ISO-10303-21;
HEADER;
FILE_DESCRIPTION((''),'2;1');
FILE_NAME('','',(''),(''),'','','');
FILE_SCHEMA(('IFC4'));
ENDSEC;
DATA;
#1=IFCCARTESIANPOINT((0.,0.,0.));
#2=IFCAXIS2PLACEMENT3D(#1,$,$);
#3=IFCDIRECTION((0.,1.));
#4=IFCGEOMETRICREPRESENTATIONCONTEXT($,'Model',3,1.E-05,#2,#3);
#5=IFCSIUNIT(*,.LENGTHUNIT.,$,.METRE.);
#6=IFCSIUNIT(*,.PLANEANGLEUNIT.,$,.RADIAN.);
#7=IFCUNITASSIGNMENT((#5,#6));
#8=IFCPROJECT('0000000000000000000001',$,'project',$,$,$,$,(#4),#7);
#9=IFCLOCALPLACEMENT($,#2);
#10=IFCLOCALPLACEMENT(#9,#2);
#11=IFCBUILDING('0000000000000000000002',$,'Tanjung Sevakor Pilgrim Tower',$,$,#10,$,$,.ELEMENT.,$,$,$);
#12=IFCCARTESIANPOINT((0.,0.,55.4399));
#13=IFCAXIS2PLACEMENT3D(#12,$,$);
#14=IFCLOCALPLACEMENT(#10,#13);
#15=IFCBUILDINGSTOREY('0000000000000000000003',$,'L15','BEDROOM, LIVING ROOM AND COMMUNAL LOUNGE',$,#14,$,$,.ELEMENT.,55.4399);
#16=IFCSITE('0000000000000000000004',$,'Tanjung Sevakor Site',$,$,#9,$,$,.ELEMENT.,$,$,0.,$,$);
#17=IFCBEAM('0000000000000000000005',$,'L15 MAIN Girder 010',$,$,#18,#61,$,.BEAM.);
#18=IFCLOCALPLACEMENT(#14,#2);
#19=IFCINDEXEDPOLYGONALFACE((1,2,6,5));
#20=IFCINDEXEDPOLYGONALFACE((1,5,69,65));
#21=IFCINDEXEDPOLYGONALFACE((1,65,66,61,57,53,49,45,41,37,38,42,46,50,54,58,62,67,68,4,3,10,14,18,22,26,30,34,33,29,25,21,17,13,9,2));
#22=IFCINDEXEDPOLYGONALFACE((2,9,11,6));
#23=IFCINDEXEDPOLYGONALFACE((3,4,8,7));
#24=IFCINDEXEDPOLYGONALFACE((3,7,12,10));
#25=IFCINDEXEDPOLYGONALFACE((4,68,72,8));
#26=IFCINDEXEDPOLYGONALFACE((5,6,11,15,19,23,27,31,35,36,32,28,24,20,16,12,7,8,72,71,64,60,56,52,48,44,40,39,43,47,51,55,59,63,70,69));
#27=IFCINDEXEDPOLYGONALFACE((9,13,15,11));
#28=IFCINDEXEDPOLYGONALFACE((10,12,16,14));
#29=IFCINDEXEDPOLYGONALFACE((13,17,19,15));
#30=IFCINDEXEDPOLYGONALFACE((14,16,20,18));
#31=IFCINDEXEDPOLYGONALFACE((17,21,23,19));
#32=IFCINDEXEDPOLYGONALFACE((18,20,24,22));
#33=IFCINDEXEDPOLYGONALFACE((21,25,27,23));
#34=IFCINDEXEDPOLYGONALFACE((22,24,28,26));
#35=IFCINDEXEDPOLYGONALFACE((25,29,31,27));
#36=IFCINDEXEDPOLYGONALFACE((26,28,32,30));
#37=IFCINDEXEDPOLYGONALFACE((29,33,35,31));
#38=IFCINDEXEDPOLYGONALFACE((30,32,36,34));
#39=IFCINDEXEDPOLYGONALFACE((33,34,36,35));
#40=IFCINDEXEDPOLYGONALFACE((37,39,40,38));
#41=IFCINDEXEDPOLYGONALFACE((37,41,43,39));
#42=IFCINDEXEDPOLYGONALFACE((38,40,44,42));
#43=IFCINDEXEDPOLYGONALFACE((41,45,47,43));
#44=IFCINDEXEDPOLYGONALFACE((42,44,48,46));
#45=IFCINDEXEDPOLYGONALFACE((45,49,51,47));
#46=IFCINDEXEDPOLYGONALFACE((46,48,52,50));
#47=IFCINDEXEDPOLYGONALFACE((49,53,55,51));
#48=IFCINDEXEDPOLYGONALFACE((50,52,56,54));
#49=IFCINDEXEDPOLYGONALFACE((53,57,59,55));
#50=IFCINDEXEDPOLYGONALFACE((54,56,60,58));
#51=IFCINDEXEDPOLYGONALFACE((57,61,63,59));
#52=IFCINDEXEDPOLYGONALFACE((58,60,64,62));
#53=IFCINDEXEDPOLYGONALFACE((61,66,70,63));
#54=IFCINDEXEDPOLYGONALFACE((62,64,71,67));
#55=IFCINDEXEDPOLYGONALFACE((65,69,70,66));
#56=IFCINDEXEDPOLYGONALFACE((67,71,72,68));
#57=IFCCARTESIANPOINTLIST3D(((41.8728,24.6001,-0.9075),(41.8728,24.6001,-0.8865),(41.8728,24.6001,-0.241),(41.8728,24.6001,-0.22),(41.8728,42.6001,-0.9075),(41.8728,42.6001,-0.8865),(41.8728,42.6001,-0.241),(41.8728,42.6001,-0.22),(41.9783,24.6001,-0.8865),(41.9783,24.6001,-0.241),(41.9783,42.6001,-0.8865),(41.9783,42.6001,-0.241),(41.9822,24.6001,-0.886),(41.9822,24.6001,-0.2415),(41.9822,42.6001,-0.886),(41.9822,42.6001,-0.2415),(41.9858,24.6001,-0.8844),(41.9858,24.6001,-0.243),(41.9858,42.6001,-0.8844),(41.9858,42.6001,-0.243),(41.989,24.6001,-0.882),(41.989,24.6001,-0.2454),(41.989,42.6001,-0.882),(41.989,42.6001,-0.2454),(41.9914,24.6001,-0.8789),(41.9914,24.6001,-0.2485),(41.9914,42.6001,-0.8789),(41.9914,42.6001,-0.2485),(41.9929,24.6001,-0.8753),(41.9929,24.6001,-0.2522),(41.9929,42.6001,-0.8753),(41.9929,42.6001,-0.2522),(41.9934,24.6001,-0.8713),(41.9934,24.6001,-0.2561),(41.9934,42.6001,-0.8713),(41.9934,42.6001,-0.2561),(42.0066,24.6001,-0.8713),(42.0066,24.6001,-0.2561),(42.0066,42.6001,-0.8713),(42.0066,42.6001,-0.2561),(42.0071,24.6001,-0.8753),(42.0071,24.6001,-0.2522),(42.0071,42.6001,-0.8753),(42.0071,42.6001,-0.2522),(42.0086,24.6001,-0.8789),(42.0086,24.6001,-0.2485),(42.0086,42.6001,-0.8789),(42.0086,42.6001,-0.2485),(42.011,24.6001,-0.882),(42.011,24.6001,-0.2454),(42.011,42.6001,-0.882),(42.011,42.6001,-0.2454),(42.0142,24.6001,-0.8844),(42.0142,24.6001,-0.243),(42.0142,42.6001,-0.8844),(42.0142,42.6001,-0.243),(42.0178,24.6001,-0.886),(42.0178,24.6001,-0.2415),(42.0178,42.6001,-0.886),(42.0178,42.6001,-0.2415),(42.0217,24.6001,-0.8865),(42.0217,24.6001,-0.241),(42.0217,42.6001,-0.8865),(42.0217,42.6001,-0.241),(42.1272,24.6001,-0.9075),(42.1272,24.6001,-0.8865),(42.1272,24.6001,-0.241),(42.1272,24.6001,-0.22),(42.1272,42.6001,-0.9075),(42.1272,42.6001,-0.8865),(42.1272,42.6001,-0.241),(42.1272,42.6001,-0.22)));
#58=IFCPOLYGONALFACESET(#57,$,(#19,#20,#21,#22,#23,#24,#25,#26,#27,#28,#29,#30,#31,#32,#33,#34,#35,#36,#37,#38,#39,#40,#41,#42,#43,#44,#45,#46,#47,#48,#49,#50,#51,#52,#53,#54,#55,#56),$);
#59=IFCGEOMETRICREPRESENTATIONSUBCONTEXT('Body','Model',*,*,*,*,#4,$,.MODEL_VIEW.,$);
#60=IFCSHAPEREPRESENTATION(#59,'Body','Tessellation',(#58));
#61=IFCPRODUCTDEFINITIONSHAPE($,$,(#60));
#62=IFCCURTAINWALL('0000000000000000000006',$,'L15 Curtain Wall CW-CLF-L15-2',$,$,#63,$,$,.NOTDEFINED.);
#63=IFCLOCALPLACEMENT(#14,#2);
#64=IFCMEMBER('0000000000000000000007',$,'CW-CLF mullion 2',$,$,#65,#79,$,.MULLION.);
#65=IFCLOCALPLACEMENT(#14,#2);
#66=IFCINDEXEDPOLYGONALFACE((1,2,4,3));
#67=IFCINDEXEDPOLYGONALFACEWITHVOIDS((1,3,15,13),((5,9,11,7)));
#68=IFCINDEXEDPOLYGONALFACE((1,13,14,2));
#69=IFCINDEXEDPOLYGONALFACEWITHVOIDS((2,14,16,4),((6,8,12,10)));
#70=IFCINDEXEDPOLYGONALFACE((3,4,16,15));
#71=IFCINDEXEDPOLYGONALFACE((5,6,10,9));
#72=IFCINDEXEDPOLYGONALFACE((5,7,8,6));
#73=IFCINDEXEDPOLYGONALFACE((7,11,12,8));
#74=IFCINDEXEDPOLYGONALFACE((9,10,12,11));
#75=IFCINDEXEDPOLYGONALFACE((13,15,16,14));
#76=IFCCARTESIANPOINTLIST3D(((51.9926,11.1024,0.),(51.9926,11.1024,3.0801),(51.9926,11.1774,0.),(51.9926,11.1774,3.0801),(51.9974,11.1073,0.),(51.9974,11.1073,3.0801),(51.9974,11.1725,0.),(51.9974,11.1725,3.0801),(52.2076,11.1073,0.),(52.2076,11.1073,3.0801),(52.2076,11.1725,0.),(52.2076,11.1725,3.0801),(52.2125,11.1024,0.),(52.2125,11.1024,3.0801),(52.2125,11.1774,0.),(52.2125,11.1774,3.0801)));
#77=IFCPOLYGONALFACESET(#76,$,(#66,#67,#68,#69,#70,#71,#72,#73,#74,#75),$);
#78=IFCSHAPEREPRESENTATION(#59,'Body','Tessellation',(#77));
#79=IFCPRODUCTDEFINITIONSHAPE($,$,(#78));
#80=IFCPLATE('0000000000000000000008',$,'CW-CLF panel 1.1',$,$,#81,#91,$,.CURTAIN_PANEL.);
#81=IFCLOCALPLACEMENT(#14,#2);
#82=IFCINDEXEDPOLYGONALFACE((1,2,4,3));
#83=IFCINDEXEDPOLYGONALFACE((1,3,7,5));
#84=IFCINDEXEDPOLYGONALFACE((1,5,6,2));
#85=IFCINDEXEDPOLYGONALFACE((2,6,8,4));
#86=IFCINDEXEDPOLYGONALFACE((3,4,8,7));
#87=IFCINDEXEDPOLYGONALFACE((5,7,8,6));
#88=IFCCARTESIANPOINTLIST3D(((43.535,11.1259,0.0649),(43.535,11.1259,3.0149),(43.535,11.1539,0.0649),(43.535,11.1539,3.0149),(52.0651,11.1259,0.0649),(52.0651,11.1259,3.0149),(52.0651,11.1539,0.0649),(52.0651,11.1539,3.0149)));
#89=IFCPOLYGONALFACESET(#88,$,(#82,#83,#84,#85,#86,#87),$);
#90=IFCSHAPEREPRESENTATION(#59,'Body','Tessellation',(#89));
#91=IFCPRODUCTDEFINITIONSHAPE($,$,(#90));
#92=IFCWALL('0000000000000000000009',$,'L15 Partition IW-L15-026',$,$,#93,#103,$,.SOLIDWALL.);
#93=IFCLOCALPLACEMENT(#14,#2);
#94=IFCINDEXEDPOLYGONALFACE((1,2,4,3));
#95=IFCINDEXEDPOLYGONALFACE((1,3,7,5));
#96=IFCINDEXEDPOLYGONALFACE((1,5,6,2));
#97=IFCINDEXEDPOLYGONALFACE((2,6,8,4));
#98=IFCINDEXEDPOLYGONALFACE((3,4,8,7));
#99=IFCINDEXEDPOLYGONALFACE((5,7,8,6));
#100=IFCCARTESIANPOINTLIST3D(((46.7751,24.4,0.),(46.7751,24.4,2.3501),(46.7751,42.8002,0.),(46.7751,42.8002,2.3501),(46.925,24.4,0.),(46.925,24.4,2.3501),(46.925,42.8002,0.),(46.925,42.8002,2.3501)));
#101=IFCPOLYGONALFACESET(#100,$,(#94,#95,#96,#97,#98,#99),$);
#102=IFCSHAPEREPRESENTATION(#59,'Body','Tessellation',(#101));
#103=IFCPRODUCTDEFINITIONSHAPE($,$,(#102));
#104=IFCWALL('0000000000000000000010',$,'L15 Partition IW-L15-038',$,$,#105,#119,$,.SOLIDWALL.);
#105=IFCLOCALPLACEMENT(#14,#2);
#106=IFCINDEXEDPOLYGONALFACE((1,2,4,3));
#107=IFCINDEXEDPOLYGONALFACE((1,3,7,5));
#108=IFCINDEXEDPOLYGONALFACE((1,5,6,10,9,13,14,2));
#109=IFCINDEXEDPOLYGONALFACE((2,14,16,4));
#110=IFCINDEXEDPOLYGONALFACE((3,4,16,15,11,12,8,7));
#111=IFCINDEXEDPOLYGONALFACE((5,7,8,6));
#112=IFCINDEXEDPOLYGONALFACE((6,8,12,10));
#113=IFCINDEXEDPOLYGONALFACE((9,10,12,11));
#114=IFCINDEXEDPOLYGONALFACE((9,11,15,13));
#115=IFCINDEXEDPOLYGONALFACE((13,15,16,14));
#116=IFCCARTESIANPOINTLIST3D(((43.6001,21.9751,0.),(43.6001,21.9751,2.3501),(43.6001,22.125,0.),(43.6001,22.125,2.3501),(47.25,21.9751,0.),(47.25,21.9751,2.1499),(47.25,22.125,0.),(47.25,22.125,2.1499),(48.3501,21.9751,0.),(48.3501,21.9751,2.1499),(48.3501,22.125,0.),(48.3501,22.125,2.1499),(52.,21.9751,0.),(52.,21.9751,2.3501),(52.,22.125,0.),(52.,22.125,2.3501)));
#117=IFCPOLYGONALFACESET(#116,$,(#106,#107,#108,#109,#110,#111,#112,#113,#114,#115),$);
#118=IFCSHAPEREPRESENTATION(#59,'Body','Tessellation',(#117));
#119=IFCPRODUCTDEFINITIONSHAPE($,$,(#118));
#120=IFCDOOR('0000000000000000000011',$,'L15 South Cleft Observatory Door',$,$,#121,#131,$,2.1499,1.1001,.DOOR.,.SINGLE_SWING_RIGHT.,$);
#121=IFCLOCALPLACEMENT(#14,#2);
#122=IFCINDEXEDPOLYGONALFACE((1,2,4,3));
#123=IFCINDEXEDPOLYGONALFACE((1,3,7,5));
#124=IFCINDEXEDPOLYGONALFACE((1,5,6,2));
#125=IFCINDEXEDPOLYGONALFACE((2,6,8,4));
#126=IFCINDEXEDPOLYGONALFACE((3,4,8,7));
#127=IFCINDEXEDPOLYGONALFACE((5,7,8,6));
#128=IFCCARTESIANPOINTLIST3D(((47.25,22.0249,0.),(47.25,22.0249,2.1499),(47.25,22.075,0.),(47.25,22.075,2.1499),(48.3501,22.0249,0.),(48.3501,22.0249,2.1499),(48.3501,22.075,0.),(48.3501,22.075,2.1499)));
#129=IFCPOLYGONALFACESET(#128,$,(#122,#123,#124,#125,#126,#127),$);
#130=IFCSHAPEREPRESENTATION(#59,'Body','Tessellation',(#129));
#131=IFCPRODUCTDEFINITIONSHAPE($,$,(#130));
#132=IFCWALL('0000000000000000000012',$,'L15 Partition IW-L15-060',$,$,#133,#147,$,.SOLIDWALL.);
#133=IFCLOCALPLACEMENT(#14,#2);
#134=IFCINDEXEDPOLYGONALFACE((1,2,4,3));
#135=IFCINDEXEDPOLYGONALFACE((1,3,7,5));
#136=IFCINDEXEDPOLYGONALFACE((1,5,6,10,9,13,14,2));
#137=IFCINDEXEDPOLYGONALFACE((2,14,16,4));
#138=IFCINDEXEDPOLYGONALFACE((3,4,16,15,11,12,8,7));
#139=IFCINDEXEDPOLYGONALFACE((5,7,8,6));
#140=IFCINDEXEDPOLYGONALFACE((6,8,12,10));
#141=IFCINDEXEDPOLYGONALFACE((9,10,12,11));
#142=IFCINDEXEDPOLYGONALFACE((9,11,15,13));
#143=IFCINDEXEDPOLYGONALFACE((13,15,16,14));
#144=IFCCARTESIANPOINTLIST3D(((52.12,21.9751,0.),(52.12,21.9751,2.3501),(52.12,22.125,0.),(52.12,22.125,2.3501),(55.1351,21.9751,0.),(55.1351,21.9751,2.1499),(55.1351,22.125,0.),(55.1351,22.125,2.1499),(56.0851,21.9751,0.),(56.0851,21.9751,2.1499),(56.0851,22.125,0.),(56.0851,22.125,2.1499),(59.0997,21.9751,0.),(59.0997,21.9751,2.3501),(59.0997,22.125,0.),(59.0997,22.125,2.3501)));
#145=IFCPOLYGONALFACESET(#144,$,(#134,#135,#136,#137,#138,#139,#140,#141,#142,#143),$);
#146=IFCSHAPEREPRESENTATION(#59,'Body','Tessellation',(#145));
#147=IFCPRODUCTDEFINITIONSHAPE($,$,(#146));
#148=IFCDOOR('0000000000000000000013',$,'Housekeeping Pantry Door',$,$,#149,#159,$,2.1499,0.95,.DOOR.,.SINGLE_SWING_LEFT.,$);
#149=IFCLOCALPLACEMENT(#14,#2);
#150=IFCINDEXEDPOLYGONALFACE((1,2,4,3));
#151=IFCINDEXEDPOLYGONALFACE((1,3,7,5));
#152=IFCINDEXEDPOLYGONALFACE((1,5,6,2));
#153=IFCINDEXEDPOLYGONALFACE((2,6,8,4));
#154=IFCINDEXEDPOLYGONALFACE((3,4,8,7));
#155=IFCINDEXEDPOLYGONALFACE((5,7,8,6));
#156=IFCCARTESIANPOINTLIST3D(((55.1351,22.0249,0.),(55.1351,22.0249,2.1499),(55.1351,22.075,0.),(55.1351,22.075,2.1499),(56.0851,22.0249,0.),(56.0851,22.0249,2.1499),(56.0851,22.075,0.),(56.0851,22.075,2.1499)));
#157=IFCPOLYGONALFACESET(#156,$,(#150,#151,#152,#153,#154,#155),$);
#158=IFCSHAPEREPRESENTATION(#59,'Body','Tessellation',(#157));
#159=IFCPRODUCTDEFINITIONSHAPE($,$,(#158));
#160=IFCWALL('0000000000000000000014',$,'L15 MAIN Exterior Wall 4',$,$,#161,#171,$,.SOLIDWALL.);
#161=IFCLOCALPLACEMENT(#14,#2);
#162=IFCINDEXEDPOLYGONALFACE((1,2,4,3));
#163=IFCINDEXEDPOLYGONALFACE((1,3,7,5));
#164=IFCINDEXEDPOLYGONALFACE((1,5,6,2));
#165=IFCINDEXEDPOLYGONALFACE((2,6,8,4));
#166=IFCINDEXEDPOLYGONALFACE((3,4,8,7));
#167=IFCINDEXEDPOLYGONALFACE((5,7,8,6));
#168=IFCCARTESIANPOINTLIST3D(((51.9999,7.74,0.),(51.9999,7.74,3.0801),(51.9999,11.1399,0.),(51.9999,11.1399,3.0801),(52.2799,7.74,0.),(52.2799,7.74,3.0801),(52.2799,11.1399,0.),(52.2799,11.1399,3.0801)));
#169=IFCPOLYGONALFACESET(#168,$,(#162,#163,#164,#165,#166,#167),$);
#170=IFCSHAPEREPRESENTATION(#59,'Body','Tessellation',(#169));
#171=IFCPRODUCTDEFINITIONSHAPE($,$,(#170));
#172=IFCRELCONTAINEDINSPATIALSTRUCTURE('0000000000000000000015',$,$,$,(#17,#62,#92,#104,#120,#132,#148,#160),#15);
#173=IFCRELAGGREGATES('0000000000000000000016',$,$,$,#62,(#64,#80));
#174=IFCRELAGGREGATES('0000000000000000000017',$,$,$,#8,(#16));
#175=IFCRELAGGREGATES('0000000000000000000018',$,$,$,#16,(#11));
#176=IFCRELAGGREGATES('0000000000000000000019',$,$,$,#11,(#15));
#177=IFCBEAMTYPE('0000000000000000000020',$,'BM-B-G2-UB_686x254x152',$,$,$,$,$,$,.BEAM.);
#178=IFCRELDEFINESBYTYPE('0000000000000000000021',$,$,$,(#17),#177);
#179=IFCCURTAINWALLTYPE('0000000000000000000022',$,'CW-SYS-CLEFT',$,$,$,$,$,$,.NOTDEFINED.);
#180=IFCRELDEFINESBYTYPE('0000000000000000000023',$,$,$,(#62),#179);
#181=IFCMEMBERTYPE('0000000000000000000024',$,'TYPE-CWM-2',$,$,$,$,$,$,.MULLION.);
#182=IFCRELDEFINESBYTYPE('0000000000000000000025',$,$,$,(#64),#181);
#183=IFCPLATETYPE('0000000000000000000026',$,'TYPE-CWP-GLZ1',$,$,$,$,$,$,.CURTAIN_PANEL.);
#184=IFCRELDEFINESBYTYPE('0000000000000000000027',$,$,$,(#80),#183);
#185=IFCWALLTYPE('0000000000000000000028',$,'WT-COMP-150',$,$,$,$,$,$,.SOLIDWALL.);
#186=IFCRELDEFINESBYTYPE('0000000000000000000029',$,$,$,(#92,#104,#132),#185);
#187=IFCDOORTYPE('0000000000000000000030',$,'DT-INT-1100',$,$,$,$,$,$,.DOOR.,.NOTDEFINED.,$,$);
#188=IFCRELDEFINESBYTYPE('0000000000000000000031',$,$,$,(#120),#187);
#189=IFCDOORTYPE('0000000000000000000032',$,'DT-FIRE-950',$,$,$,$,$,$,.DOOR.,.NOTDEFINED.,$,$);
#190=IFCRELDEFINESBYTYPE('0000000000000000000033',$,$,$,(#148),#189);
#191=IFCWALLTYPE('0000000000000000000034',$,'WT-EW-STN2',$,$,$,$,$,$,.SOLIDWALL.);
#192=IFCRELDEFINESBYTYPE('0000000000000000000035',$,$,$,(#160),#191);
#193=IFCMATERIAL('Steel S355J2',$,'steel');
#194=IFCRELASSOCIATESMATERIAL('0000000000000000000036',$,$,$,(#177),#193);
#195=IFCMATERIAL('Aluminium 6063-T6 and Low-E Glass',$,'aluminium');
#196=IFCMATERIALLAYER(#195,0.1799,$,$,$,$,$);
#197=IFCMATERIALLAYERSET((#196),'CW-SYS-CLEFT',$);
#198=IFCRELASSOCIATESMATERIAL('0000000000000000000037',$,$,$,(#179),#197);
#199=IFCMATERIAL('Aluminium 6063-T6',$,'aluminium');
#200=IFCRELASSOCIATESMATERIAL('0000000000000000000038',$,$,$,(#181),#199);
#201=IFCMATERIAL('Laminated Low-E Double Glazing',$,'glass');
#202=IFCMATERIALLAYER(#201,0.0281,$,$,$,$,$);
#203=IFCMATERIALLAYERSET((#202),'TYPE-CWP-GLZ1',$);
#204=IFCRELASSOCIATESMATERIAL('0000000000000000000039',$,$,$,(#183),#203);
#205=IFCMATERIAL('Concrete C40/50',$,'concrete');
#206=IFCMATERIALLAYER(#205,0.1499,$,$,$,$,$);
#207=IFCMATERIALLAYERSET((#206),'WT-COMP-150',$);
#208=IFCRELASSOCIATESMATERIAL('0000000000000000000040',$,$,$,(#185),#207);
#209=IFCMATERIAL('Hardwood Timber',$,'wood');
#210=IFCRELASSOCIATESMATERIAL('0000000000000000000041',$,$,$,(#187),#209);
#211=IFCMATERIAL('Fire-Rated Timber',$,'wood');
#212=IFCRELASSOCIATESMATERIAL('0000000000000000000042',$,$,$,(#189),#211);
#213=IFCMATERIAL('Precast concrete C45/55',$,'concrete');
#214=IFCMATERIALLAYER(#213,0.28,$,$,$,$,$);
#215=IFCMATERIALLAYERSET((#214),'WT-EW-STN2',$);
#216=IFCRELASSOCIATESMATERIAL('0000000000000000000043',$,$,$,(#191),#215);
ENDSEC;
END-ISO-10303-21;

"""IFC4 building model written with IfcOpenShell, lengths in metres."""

from ifc_helpers import new_model, si_unit, direction, frame, frame_2d, origin, origin_2d, place, context, subcontext, project, spatial, rectangle, hollow_rectangle, i_section, extrude, material, layer, layer_set, material_profile, profile_set, type_object, element, fill, aggregate, save


model = new_model("IFC4")

# Units and contexts
model_context = context("Model", 3, precision=1e-05, world=origin(), true_north=direction((0.0, 1.0)))
body_context = subcontext(model_context, "Body", "Model", "MODEL_VIEW")
ifc_project = project(units=[si_unit("LENGTHUNIT", "METRE"), si_unit("PLANEANGLEUNIT", "RADIAN")], contexts=[model_context])

# Site, building, storey
site_placement = place(None, origin())
site = spatial("IfcSite", under=ifc_project, at=site_placement, Name="Tanjung Sevakor Site", CompositionType="ELEMENT", RefElevation=0.0)
building_placement = place(site_placement, origin())
building = spatial("IfcBuilding", under=site, at=building_placement, Name="Tanjung Sevakor Pilgrim Tower", CompositionType="ELEMENT")
storey_placement = place(building_placement, frame((0.0, 0.0, 55.4399)))
storey = spatial("IfcBuildingStorey", under=building, at=storey_placement, Name="L15", Description="BEDROOM, LIVING ROOM AND COMMUNAL LOUNGE", CompositionType="ELEMENT", Elevation=55.4399)

# Beam
ifc_material_1 = material(Name="Steel S355J2", Category="steel")
ifc_material_profile_1 = material_profile(ifc_material_1, i_section(OverallWidth=0.2544, OverallDepth=0.6875, WebThickness=0.0132, FlangeThickness=0.021, FilletRadius=0.0151, at=origin_2d()))
ifc_profile_set_1 = profile_set([ifc_material_profile_1], Name="Steel S355J2")
beam_type_1 = type_object("IfcBeamType", Name="BM-B-G2-UB_686x254x152", PredefinedType="BEAM", material=ifc_profile_set_1)
beam_placement = place(storey_placement, frame((42.0, 24.6001, -0.5637), z_axis=(0.0, 1.0, 0.0), x_axis=(-1.0, 0.0, 0.0)))
element("IfcBeam", 1, at=beam_placement, inside=storey, type_object=beam_type_1, Name="L15 MAIN Girder 010", PredefinedType="BEAM", context=body_context, shape_type="SweptSolid", body=[
    extrude(i_section(OverallWidth=0.2544, OverallDepth=0.6875, WebThickness=0.0132, FlangeThickness=0.021, FilletRadius=0.0151, at=origin_2d()), origin(), (0.0, 0.0, 1.0), 18.0),
])

# Curtain wall, member, plate
ifc_material_2 = material(Name="Aluminium 6063-T6 and Low-E Glass", Category="aluminium")
ifc_layer_1 = layer(ifc_material_2, 0.1799)
ifc_layer_set_1 = layer_set([ifc_layer_1], Name="CW-SYS-CLEFT")
curtain_wall_type = type_object("IfcCurtainWallType", Name="CW-SYS-CLEFT", PredefinedType="NOTDEFINED", material=ifc_layer_set_1)
curtain_wall_placement = place(storey_placement, origin())
curtain_wall = element("IfcCurtainWall", 2, at=curtain_wall_placement, inside=storey, type_object=curtain_wall_type, Name="L15 Curtain Wall CW-CLF-L15-2", PredefinedType="NOTDEFINED")
ifc_material_3 = material(Name="Aluminium 6063-T6", Category="aluminium")
ifc_material_profile_2 = material_profile(ifc_material_3, hollow_rectangle(XDim=0.075, YDim=0.22, WallThickness=0.0049, at=origin_2d()))
ifc_profile_set_2 = profile_set([ifc_material_profile_2], Name="Aluminium 6063-T6")
member_type = type_object("IfcMemberType", Name="TYPE-CWM-2", PredefinedType="MULLION", material=ifc_profile_set_2)
member_placement = place(storey_placement, frame((52.1025, 11.1399, 0.0), z_axis=(0.0, 0.0, 1.0), x_axis=(0.0, 1.0, 0.0)))
member = element("IfcMember", 3, at=member_placement, type_object=member_type, Name="CW-CLF mullion 2", PredefinedType="MULLION", context=body_context, shape_type="SweptSolid", body=[
    extrude(hollow_rectangle(XDim=0.075, YDim=0.22, WallThickness=0.0049, at=origin_2d()), origin(), (0.0, 0.0, 1.0), 3.0801),
])
ifc_material_4 = material(Name="Laminated Low-E Double Glazing", Category="glass")
ifc_layer_2 = layer(ifc_material_4, 0.0281)
ifc_layer_set_2 = layer_set([ifc_layer_2], Name="TYPE-CWP-GLZ1")
plate_type = type_object("IfcPlateType", Name="TYPE-CWP-GLZ1", PredefinedType="CURTAIN_PANEL", material=ifc_layer_set_2)
plate_placement = place(storey_placement, frame((47.8, 11.1399, 0.0649), z_axis=(0.0, 0.0, 1.0), x_axis=(1.0, 0.0, 0.0)))
plate = element("IfcPlate", 4, at=plate_placement, type_object=plate_type, Name="CW-CLF panel 1.1", PredefinedType="CURTAIN_PANEL", context=body_context, shape_type="SweptSolid", body=[
    extrude(rectangle(XDim=8.53, YDim=0.0281, at=origin_2d()), origin(), (0.0, 0.0, 1.0), 2.95),
])
aggregate(curtain_wall, [member, plate])

# Wall
ifc_material_5 = material(Name="Concrete C40/50", Category="concrete")
ifc_layer_3 = layer(ifc_material_5, 0.1499)
ifc_layer_set_3 = layer_set([ifc_layer_3], Name="WT-COMP-150")
wall_type_1 = type_object("IfcWallType", Name="WT-COMP-150", PredefinedType="SOLIDWALL", material=ifc_layer_set_3)
wall_1_placement = place(storey_placement, frame((46.8501, 24.3999, 0.0), z_axis=(0.0, 0.0, 1.0), x_axis=(0.0, 1.0, 0.0)))
element("IfcWall", 5, at=wall_1_placement, inside=storey, type_object=wall_type_1, Name="L15 Partition IW-L15-026", PredefinedType="SOLIDWALL", context=body_context, shape_type="SweptSolid", body=[
    extrude(rectangle(XDim=18.4001, YDim=0.1499, at=frame_2d((9.2002, 0.0))), origin(), (0.0, 0.0, 1.0), 2.3501),
])

# Walls, openings, doors
wall_2_placement = place(storey_placement, frame((43.6001, 22.05, 0.0), z_axis=(0.0, 0.0, 1.0), x_axis=(1.0, 0.0, 0.0)))
wall_2 = element("IfcWall", 6, at=wall_2_placement, inside=storey, type_object=wall_type_1, Name="L15 Partition IW-L15-038", PredefinedType="SOLIDWALL", context=body_context, shape_type="SweptSolid", body=[
    extrude(rectangle(XDim=8.3999, YDim=0.1499, at=frame_2d((4.2, 0.0))), origin(), (0.0, 0.0, 1.0), 2.3501),
])
opening_1_placement = place(wall_2_placement, frame((3.6499, 0.0, 0.0)))
opening_1 = element("IfcOpeningElement", 7, at=opening_1_placement, cuts=wall_2, PredefinedType="OPENING", context=body_context, shape_type="SweptSolid", body=[
    extrude(rectangle(XDim=1.1001, YDim=2.1499, at=frame_2d((0.55, 1.075))), frame((0.0, 0.085, 0.0), z_axis=(0.0, -1.0, 0.0), x_axis=(1.0, 0.0, 0.0)), (0.0, 0.0, 1.0), 0.1699),
])
ifc_material_6 = material(Name="Hardwood Timber", Category="wood")
door_type_1 = type_object("IfcDoorType", Name="DT-INT-1100", OperationType="NOTDEFINED", PredefinedType="DOOR", material=ifc_material_6)
door_1_placement = place(opening_1_placement, origin())
door_1 = element("IfcDoor", 8, at=door_1_placement, inside=storey, type_object=door_type_1, Name="L15 South Cleft Observatory Door", OperationType="SINGLE_SWING_RIGHT", OverallHeight=2.1499, OverallWidth=1.1001, PredefinedType="DOOR", context=body_context, shape_type="SweptSolid", body=[
    extrude(rectangle(XDim=1.1001, YDim=2.1499, at=frame_2d((0.55, 1.075))), frame((0.0, 0.0249, 0.0), z_axis=(0.0, -1.0, 0.0), x_axis=(1.0, 0.0, 0.0)), (0.0, 0.0, 1.0), 0.05),
])
fill(opening_1, door_1)
wall_3_placement = place(storey_placement, frame((52.1201, 22.05, 0.0), z_axis=(0.0, 0.0, 1.0), x_axis=(1.0, 0.0, 0.0)))
wall_3 = element("IfcWall", 9, at=wall_3_placement, inside=storey, type_object=wall_type_1, Name="L15 Partition IW-L15-060", PredefinedType="SOLIDWALL", context=body_context, shape_type="SweptSolid", body=[
    extrude(rectangle(XDim=6.9797, YDim=0.1499, at=frame_2d((3.4897, 0.0))), origin(), (0.0, 0.0, 1.0), 2.3501),
])
opening_2_placement = place(wall_3_placement, frame((3.0149, 0.0, 0.0)))
opening_2 = element("IfcOpeningElement", 10, at=opening_2_placement, cuts=wall_3, PredefinedType="OPENING", context=body_context, shape_type="SweptSolid", body=[
    extrude(rectangle(XDim=0.95, YDim=2.1499, at=frame_2d((0.4751, 1.075))), frame((0.0, 0.085, 0.0), z_axis=(0.0, -1.0, 0.0), x_axis=(1.0, 0.0, 0.0)), (0.0, 0.0, 1.0), 0.1699),
])
ifc_material_7 = material(Name="Fire-Rated Timber", Category="wood")
door_type_2 = type_object("IfcDoorType", Name="DT-FIRE-950", OperationType="NOTDEFINED", PredefinedType="DOOR", material=ifc_material_7)
door_2_placement = place(opening_2_placement, origin())
door_2 = element("IfcDoor", 11, at=door_2_placement, inside=storey, type_object=door_type_2, Name="Housekeeping Pantry Door", OperationType="SINGLE_SWING_LEFT", OverallHeight=2.1499, OverallWidth=0.95, PredefinedType="DOOR", context=body_context, shape_type="SweptSolid", body=[
    extrude(rectangle(XDim=0.95, YDim=2.1499, at=frame_2d((0.4751, 1.075))), frame((0.0, 0.0249, 0.0), z_axis=(0.0, -1.0, 0.0), x_axis=(1.0, 0.0, 0.0)), (0.0, 0.0, 1.0), 0.05),
])
fill(opening_2, door_2)

# Wall
ifc_material_8 = material(Name="Precast concrete C45/55", Category="concrete")
ifc_layer_4 = layer(ifc_material_8, 0.28)
ifc_layer_set_4 = layer_set([ifc_layer_4], Name="WT-EW-STN2")
wall_type_2 = type_object("IfcWallType", Name="WT-EW-STN2", PredefinedType="SOLIDWALL", material=ifc_layer_set_4)
wall_4_placement = place(storey_placement, frame((52.1399, 11.1399, 0.0), z_axis=(0.0, 0.0, 1.0), x_axis=(0.0, -1.0, 0.0)))
element("IfcWall", 12, at=wall_4_placement, inside=storey, type_object=wall_type_2, Name="L15 MAIN Exterior Wall 4", PredefinedType="SOLIDWALL", context=body_context, shape_type="SweptSolid", body=[
    extrude(rectangle(XDim=3.3999, YDim=0.28, at=frame_2d((1.7, 0.0))), origin(), (0.0, 0.0, 1.0), 3.0801),
])

save(model, "model.ifc")
